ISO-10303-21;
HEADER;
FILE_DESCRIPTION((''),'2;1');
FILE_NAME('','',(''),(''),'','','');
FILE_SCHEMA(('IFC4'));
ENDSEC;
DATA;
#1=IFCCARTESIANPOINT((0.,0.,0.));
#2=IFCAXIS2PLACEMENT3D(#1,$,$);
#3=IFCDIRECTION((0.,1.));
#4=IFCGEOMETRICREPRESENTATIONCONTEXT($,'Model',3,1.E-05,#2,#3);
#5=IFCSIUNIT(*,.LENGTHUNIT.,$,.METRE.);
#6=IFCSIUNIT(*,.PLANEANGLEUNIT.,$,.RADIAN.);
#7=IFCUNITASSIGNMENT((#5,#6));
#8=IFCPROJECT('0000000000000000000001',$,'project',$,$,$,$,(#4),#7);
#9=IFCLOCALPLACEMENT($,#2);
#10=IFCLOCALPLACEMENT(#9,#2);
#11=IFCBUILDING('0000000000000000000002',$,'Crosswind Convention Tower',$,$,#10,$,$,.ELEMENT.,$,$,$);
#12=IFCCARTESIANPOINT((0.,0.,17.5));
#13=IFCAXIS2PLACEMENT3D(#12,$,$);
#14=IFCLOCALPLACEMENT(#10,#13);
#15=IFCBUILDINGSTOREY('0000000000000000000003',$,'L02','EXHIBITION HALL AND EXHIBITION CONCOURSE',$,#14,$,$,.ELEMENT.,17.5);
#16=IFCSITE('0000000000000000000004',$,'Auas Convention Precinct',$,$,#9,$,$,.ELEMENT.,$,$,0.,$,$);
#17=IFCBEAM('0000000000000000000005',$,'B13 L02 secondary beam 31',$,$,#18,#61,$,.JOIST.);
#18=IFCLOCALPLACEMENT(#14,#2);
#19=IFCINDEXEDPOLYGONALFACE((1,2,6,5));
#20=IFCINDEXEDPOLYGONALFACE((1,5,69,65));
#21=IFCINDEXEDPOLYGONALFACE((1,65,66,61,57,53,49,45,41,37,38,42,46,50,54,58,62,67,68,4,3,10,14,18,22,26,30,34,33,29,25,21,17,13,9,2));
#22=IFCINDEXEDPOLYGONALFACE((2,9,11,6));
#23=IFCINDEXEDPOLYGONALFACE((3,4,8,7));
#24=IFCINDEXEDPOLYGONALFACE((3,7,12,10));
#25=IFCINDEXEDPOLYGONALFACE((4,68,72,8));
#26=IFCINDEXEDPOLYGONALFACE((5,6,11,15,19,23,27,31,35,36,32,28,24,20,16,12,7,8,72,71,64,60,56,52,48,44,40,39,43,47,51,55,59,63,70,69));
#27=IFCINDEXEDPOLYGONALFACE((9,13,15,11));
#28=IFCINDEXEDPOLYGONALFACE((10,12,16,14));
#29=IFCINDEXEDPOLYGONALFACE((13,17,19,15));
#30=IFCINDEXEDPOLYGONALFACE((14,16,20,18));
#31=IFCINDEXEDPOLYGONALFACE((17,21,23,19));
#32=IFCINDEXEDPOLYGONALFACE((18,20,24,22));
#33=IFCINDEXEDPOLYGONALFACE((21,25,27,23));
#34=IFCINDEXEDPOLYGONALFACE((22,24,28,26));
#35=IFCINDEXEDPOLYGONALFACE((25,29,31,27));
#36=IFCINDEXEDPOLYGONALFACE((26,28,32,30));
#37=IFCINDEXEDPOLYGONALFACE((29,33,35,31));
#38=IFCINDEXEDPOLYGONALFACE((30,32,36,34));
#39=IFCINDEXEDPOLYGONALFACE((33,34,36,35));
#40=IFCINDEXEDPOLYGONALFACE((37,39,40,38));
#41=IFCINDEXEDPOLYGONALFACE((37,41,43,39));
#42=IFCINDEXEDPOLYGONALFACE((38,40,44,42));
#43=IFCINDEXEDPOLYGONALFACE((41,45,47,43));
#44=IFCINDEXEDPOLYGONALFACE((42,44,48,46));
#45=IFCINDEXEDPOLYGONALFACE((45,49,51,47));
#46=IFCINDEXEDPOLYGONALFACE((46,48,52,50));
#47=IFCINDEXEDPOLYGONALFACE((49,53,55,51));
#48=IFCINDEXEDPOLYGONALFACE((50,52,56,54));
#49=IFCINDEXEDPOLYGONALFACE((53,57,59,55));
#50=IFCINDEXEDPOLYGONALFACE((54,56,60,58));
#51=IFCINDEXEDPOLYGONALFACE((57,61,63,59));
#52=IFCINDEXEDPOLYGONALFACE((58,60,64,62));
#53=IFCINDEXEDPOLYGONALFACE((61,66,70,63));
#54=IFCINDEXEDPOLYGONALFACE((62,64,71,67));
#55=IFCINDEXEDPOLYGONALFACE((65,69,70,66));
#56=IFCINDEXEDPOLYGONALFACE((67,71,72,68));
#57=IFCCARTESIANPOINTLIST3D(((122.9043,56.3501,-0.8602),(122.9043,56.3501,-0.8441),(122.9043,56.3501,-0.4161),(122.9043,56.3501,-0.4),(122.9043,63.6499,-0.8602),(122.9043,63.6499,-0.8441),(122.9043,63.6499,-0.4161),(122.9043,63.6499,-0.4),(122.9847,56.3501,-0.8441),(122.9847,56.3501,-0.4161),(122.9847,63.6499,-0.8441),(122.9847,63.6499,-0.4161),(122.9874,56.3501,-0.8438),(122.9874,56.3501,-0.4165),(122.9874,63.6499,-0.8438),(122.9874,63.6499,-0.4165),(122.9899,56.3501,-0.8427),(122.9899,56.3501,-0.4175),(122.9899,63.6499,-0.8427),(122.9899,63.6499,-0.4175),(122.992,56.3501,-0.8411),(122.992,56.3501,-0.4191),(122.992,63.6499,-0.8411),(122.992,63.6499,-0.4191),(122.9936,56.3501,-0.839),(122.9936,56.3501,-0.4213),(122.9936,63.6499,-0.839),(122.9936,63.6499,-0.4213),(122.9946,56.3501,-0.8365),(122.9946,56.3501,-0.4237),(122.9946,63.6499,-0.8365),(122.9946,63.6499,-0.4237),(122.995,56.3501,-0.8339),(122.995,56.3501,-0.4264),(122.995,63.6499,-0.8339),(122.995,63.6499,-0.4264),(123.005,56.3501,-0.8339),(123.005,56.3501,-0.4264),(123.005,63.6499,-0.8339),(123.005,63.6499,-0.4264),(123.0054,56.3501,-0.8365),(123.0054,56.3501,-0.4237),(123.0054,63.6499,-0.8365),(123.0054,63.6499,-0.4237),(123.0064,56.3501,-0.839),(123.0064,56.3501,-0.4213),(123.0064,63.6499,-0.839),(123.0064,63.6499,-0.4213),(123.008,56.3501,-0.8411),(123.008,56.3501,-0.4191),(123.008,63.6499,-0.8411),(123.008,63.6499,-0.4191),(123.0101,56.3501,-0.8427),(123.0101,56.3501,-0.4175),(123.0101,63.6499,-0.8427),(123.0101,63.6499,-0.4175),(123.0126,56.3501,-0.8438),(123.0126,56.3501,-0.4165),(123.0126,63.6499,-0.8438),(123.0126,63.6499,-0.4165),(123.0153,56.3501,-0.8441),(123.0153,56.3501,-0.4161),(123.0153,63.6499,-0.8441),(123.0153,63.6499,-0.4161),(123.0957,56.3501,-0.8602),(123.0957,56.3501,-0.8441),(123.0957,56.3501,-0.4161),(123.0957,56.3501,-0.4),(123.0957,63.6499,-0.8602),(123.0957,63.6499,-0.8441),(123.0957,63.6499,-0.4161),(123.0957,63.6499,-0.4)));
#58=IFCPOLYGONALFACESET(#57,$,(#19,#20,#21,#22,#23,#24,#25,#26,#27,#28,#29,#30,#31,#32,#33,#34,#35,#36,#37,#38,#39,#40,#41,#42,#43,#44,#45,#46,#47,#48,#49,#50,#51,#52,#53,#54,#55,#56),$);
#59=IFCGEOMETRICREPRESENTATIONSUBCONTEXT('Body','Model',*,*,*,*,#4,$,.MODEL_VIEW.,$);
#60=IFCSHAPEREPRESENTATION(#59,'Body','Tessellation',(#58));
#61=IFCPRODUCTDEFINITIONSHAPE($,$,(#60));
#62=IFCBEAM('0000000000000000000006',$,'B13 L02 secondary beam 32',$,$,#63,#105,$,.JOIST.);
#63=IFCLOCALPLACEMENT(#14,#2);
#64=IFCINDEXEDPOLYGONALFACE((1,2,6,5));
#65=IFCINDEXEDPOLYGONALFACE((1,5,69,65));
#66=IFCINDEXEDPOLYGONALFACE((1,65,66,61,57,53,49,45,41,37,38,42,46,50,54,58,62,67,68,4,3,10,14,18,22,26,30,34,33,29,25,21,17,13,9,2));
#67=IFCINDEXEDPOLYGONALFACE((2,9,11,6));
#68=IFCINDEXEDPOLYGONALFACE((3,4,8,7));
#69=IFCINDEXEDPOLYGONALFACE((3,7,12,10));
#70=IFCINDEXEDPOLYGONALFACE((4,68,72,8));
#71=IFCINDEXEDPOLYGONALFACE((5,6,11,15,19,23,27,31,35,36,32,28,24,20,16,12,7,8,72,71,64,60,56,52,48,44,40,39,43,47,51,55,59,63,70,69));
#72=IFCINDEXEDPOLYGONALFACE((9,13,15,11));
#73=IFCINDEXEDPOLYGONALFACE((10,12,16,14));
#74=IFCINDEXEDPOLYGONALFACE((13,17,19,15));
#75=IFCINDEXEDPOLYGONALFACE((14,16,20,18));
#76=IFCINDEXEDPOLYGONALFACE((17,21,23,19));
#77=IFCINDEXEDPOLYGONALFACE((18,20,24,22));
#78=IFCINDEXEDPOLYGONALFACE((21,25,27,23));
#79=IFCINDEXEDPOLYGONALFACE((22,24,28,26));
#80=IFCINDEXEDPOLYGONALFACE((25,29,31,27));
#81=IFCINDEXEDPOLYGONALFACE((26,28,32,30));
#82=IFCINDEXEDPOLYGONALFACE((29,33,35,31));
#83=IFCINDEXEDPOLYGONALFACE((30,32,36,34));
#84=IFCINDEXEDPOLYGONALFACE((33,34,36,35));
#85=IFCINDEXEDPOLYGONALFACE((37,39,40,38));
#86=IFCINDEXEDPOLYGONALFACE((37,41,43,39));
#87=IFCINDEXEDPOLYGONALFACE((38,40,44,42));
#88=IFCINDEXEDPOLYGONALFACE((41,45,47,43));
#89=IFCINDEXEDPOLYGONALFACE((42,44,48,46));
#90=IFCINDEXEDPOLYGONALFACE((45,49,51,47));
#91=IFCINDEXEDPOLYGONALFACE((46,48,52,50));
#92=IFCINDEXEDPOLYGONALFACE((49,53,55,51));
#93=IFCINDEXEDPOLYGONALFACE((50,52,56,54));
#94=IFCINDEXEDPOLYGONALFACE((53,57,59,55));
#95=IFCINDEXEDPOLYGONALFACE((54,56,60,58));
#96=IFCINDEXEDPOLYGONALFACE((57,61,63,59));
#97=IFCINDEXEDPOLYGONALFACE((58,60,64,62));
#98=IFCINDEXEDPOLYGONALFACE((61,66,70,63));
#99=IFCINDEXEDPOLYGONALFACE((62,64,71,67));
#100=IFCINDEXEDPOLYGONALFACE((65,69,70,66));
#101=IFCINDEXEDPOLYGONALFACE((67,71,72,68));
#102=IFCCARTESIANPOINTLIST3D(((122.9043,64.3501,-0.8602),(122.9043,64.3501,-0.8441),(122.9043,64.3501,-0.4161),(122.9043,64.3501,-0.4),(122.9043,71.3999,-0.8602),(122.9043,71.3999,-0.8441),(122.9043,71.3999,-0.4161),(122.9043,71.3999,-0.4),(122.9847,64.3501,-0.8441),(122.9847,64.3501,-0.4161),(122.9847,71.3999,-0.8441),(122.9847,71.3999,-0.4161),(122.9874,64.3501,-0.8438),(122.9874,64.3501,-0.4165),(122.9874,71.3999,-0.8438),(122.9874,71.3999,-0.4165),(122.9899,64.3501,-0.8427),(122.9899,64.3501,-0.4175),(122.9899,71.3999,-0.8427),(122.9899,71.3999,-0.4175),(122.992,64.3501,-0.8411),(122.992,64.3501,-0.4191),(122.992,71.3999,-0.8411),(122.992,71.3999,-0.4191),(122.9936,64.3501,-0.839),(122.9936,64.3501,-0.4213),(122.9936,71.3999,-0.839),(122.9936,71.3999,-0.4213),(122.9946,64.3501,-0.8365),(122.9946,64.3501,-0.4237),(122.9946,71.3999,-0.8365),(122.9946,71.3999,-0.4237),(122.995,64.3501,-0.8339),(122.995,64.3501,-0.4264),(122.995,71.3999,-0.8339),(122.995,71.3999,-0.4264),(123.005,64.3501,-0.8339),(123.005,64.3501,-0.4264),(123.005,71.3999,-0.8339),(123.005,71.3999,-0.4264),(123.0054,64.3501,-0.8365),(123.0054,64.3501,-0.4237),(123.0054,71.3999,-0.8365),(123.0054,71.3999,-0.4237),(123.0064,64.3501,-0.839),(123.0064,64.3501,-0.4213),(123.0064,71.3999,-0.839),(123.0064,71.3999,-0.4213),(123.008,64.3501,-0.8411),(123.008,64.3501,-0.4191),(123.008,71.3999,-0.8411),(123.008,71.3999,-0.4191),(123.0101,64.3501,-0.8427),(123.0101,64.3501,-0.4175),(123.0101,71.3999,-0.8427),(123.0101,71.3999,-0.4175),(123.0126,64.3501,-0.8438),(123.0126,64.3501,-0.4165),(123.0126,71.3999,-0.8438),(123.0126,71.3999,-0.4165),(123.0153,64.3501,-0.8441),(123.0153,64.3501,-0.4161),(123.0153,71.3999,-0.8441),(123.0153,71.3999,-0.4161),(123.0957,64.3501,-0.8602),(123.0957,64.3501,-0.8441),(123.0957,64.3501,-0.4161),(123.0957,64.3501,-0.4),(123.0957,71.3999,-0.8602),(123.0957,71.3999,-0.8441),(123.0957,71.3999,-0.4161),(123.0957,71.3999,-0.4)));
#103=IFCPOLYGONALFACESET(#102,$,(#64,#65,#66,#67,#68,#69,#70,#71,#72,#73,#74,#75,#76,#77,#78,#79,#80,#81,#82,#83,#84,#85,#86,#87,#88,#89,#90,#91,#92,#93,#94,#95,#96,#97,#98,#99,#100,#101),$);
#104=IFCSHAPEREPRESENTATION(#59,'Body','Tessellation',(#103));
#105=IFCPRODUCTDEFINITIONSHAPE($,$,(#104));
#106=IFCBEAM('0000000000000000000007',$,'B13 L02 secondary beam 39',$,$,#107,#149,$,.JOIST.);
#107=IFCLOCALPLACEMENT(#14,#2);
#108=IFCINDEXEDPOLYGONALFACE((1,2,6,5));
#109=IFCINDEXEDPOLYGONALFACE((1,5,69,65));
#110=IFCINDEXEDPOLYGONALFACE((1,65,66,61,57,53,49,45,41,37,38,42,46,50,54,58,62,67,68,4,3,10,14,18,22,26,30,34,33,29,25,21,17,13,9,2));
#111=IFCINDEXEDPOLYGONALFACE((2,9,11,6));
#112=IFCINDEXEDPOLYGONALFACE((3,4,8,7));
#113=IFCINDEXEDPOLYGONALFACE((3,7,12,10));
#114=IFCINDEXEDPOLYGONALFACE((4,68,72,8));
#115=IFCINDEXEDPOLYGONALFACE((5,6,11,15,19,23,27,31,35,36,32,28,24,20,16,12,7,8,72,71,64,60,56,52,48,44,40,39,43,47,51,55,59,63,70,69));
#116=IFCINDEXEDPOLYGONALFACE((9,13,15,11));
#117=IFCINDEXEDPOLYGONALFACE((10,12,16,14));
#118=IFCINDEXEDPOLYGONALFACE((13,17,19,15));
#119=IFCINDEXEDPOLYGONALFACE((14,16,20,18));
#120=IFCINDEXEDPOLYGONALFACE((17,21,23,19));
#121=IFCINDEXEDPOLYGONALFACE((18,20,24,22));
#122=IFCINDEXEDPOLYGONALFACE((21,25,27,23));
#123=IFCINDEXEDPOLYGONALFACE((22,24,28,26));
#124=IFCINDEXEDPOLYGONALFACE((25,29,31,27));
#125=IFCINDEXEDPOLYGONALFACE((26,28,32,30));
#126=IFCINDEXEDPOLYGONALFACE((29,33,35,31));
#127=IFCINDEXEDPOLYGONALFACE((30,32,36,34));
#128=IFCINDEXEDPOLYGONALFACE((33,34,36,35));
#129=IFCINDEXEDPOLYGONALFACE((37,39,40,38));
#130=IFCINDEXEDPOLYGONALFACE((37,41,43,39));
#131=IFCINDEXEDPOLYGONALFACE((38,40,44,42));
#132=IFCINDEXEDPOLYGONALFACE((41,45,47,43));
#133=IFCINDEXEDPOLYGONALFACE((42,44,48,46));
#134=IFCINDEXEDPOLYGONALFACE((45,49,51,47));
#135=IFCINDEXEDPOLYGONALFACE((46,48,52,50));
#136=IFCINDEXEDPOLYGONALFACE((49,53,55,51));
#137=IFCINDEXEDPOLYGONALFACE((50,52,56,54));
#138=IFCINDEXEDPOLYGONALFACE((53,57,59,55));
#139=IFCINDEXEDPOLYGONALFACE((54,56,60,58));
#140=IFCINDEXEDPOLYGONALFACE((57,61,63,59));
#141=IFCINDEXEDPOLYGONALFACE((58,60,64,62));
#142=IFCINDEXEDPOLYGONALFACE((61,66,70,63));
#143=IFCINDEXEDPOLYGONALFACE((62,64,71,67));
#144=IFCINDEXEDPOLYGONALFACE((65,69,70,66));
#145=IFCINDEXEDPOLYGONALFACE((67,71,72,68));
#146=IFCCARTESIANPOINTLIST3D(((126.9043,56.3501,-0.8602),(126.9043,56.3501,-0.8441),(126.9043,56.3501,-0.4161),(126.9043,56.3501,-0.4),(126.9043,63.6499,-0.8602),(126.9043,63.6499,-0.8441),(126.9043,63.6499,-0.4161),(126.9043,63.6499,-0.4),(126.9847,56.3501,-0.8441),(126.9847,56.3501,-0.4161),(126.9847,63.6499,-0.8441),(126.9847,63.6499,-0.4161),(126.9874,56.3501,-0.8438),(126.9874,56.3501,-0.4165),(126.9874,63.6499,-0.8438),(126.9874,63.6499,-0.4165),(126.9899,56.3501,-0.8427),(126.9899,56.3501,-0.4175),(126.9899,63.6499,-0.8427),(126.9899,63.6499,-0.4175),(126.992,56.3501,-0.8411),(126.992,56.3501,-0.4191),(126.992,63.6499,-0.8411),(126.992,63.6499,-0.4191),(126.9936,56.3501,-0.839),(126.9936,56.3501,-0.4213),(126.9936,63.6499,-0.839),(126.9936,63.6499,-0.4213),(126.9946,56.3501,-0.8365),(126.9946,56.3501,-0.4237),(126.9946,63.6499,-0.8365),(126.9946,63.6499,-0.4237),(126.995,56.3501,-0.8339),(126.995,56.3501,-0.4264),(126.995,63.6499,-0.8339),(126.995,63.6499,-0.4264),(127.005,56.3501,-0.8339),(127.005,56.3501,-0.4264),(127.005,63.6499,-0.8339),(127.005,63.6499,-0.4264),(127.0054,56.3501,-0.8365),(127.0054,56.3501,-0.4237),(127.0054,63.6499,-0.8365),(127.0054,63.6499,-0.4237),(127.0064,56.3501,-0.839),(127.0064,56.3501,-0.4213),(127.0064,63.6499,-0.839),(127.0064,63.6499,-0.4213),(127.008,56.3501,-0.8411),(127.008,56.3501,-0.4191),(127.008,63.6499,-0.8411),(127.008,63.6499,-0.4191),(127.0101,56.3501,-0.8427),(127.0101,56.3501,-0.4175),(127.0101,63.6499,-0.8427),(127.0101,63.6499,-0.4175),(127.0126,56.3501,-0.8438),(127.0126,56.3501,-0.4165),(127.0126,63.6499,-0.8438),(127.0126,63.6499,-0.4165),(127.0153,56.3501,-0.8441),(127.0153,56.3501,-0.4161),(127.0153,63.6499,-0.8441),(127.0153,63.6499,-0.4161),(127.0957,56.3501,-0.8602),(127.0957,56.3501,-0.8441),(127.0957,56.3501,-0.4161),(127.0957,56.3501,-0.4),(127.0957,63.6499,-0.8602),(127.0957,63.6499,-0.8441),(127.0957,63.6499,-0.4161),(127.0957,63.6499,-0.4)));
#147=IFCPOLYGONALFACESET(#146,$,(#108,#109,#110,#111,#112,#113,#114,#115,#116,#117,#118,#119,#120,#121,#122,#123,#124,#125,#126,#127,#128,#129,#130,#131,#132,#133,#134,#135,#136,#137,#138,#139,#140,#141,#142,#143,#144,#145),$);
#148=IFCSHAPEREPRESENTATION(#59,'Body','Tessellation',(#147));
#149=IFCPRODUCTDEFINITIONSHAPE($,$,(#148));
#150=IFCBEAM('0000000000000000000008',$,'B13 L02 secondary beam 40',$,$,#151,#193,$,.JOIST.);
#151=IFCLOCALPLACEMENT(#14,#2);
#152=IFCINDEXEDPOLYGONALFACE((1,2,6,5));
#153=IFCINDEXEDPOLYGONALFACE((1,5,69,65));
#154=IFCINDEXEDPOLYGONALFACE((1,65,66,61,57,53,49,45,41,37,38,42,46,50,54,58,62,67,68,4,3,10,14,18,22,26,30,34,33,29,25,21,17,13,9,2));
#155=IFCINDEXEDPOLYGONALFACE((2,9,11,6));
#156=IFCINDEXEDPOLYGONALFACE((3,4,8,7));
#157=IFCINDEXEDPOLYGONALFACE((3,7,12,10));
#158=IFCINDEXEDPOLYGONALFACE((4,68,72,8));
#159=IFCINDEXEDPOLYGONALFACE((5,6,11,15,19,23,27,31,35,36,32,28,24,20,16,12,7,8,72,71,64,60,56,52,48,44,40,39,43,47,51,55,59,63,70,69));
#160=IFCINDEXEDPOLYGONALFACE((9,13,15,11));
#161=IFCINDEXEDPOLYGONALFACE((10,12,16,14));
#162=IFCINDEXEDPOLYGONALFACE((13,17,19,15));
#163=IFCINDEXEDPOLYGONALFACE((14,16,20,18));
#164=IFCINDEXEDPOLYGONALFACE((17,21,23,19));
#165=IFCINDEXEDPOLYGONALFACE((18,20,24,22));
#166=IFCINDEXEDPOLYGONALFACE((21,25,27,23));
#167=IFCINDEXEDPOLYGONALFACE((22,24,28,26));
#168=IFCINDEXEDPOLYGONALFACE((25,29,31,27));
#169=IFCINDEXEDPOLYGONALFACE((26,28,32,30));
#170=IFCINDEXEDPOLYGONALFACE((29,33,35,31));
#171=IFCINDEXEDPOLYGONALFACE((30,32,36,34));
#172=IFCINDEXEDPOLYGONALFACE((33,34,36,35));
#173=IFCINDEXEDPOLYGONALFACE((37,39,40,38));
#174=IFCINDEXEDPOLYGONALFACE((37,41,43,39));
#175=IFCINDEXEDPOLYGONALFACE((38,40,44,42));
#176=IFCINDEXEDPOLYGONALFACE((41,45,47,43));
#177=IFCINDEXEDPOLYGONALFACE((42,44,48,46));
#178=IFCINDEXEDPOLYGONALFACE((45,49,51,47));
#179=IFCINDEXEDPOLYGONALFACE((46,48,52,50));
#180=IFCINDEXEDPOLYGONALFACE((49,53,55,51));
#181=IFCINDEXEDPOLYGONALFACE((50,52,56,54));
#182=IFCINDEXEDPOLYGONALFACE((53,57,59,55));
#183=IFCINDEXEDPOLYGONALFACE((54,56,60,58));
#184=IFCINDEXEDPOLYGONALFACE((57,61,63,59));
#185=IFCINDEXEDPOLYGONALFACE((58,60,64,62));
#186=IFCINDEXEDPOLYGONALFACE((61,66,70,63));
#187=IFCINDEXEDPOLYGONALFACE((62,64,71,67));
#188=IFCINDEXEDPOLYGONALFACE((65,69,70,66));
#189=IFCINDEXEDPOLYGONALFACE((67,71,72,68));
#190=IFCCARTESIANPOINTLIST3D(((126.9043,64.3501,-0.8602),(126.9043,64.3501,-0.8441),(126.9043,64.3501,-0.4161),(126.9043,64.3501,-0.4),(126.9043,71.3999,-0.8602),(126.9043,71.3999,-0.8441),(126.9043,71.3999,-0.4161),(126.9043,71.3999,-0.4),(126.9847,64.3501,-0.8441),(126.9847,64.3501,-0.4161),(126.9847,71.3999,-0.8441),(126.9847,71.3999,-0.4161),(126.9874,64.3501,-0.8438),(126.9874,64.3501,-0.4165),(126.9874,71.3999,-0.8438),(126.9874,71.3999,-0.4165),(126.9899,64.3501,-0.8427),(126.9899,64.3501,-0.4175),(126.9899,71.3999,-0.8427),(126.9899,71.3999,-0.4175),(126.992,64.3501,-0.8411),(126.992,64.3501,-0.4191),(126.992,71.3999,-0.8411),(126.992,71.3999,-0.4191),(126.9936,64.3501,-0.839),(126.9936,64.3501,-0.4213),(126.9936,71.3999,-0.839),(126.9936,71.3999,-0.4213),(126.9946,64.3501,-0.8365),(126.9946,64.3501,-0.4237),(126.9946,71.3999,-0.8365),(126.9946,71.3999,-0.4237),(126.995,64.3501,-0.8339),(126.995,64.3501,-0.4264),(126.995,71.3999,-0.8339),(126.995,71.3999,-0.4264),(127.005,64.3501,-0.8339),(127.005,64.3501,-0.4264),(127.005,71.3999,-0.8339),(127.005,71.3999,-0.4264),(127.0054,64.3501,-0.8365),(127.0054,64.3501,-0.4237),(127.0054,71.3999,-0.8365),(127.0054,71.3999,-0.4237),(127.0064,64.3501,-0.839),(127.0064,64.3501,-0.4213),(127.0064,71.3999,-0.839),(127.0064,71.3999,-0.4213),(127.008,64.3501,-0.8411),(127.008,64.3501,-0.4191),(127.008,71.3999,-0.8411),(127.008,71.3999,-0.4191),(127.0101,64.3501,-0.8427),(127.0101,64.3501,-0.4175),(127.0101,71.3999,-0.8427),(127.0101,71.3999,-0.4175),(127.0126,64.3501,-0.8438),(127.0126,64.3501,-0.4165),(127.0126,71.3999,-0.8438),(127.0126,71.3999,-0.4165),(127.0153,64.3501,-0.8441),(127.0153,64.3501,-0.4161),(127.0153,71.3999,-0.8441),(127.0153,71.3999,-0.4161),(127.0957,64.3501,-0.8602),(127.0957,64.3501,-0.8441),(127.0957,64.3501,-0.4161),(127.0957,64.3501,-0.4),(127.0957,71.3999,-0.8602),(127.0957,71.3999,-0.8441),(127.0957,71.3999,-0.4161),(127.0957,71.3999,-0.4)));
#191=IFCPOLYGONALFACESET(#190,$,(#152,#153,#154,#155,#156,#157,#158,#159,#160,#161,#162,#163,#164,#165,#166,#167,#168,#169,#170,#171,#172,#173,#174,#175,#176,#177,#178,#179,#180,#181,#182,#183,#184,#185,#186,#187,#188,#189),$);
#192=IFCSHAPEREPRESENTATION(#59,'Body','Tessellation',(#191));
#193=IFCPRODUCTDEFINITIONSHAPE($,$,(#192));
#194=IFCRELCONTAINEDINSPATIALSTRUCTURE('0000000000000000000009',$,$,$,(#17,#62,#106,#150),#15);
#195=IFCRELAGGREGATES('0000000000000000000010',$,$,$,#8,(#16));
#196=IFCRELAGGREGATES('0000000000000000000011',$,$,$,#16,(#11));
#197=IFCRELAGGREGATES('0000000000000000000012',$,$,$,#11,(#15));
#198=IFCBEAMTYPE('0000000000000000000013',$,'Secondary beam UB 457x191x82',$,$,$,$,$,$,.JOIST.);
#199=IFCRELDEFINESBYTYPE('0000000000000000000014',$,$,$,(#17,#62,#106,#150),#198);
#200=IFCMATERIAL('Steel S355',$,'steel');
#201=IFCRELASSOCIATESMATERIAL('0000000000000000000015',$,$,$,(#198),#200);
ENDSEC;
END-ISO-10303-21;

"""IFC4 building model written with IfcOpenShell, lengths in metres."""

from ifc_helpers import new_model, si_unit, direction, frame, origin, origin_2d, place, context, subcontext, project, spatial, i_section, extrude, material, material_profile, profile_set, type_object, element, save


model = new_model("IFC4")

# Units and contexts
model_context = context("Model", 3, precision=1e-05, world=origin(), true_north=direction((0.0, 1.0)))
body_context = subcontext(model_context, "Body", "Model", "MODEL_VIEW")
ifc_project = project(units=[si_unit("LENGTHUNIT", "METRE"), si_unit("PLANEANGLEUNIT", "RADIAN")], contexts=[model_context])

# Site, building, storey
site_placement = place(None, origin())
site = spatial("IfcSite", under=ifc_project, at=site_placement, Name="Auas Convention Precinct", CompositionType="ELEMENT", RefElevation=0.0)
building_placement = place(site_placement, origin())
building = spatial("IfcBuilding", under=site, at=building_placement, Name="Crosswind Convention Tower", CompositionType="ELEMENT")
storey_placement = place(building_placement, frame((0.0, 0.0, 17.5)))
storey = spatial("IfcBuildingStorey", under=building, at=storey_placement, Name="L02", Description="EXHIBITION HALL AND EXHIBITION CONCOURSE", CompositionType="ELEMENT", Elevation=17.5)

# Shared definitions
ifc_material_1 = material(Name="Steel S355", Category="steel")

# Beams
ifc_material_profile_1 = material_profile(ifc_material_1, i_section(OverallWidth=0.1914, OverallDepth=0.4602, WebThickness=0.01, FlangeThickness=0.0161, FilletRadius=0.0103, at=origin_2d()), Name="UB 457x191x82")
ifc_profile_set_1 = profile_set([ifc_material_profile_1], Name="Steel S355")
beam_type_1 = type_object("IfcBeamType", Name="Secondary beam UB 457x191x82", PredefinedType="JOIST", material=ifc_profile_set_1)
beam_1_placement = place(storey_placement, frame((123.0, 56.3501, -0.6301), z_axis=(0.0, 1.0, 0.0), x_axis=(-1.0, 0.0, 0.0)))
element("IfcBeam", 1, at=beam_1_placement, inside=storey, type_object=beam_type_1, Name="B13 L02 secondary beam 31", PredefinedType="JOIST", context=body_context, shape_type="SweptSolid", body=[
    extrude(i_section(OverallWidth=0.1914, OverallDepth=0.4602, WebThickness=0.01, FlangeThickness=0.0161, FilletRadius=0.0103, at=origin_2d()), origin(), (0.0, 0.0, 1.0), 7.2998),
])
beam_2_placement = place(storey_placement, frame((123.0, 64.3501, -0.6301), z_axis=(0.0, 1.0, 0.0), x_axis=(-1.0, 0.0, 0.0)))
element("IfcBeam", 2, at=beam_2_placement, inside=storey, type_object=beam_type_1, Name="B13 L02 secondary beam 32", PredefinedType="JOIST", context=body_context, shape_type="SweptSolid", body=[
    extrude(i_section(OverallWidth=0.1914, OverallDepth=0.4602, WebThickness=0.01, FlangeThickness=0.0161, FilletRadius=0.0103, at=origin_2d()), origin(), (0.0, 0.0, 1.0), 7.0498),
])
beam_3_placement = place(storey_placement, frame((127.0, 56.3501, -0.6301), z_axis=(0.0, 1.0, 0.0), x_axis=(-1.0, 0.0, 0.0)))
element("IfcBeam", 3, at=beam_3_placement, inside=storey, type_object=beam_type_1, Name="B13 L02 secondary beam 39", PredefinedType="JOIST", context=body_context, shape_type="SweptSolid", body=[
    extrude(i_section(OverallWidth=0.1914, OverallDepth=0.4602, WebThickness=0.01, FlangeThickness=0.0161, FilletRadius=0.0103, at=origin_2d()), origin(), (0.0, 0.0, 1.0), 7.2998),
])
beam_4_placement = place(storey_placement, frame((127.0, 64.3501, -0.6301), z_axis=(0.0, 1.0, 0.0), x_axis=(-1.0, 0.0, 0.0)))
element("IfcBeam", 4, at=beam_4_placement, inside=storey, type_object=beam_type_1, Name="B13 L02 secondary beam 40", PredefinedType="JOIST", context=body_context, shape_type="SweptSolid", body=[
    extrude(i_section(OverallWidth=0.1914, OverallDepth=0.4602, WebThickness=0.01, FlangeThickness=0.0161, FilletRadius=0.0103, at=origin_2d()), origin(), (0.0, 0.0, 1.0), 7.0498),
])

save(model, "model.ifc")
